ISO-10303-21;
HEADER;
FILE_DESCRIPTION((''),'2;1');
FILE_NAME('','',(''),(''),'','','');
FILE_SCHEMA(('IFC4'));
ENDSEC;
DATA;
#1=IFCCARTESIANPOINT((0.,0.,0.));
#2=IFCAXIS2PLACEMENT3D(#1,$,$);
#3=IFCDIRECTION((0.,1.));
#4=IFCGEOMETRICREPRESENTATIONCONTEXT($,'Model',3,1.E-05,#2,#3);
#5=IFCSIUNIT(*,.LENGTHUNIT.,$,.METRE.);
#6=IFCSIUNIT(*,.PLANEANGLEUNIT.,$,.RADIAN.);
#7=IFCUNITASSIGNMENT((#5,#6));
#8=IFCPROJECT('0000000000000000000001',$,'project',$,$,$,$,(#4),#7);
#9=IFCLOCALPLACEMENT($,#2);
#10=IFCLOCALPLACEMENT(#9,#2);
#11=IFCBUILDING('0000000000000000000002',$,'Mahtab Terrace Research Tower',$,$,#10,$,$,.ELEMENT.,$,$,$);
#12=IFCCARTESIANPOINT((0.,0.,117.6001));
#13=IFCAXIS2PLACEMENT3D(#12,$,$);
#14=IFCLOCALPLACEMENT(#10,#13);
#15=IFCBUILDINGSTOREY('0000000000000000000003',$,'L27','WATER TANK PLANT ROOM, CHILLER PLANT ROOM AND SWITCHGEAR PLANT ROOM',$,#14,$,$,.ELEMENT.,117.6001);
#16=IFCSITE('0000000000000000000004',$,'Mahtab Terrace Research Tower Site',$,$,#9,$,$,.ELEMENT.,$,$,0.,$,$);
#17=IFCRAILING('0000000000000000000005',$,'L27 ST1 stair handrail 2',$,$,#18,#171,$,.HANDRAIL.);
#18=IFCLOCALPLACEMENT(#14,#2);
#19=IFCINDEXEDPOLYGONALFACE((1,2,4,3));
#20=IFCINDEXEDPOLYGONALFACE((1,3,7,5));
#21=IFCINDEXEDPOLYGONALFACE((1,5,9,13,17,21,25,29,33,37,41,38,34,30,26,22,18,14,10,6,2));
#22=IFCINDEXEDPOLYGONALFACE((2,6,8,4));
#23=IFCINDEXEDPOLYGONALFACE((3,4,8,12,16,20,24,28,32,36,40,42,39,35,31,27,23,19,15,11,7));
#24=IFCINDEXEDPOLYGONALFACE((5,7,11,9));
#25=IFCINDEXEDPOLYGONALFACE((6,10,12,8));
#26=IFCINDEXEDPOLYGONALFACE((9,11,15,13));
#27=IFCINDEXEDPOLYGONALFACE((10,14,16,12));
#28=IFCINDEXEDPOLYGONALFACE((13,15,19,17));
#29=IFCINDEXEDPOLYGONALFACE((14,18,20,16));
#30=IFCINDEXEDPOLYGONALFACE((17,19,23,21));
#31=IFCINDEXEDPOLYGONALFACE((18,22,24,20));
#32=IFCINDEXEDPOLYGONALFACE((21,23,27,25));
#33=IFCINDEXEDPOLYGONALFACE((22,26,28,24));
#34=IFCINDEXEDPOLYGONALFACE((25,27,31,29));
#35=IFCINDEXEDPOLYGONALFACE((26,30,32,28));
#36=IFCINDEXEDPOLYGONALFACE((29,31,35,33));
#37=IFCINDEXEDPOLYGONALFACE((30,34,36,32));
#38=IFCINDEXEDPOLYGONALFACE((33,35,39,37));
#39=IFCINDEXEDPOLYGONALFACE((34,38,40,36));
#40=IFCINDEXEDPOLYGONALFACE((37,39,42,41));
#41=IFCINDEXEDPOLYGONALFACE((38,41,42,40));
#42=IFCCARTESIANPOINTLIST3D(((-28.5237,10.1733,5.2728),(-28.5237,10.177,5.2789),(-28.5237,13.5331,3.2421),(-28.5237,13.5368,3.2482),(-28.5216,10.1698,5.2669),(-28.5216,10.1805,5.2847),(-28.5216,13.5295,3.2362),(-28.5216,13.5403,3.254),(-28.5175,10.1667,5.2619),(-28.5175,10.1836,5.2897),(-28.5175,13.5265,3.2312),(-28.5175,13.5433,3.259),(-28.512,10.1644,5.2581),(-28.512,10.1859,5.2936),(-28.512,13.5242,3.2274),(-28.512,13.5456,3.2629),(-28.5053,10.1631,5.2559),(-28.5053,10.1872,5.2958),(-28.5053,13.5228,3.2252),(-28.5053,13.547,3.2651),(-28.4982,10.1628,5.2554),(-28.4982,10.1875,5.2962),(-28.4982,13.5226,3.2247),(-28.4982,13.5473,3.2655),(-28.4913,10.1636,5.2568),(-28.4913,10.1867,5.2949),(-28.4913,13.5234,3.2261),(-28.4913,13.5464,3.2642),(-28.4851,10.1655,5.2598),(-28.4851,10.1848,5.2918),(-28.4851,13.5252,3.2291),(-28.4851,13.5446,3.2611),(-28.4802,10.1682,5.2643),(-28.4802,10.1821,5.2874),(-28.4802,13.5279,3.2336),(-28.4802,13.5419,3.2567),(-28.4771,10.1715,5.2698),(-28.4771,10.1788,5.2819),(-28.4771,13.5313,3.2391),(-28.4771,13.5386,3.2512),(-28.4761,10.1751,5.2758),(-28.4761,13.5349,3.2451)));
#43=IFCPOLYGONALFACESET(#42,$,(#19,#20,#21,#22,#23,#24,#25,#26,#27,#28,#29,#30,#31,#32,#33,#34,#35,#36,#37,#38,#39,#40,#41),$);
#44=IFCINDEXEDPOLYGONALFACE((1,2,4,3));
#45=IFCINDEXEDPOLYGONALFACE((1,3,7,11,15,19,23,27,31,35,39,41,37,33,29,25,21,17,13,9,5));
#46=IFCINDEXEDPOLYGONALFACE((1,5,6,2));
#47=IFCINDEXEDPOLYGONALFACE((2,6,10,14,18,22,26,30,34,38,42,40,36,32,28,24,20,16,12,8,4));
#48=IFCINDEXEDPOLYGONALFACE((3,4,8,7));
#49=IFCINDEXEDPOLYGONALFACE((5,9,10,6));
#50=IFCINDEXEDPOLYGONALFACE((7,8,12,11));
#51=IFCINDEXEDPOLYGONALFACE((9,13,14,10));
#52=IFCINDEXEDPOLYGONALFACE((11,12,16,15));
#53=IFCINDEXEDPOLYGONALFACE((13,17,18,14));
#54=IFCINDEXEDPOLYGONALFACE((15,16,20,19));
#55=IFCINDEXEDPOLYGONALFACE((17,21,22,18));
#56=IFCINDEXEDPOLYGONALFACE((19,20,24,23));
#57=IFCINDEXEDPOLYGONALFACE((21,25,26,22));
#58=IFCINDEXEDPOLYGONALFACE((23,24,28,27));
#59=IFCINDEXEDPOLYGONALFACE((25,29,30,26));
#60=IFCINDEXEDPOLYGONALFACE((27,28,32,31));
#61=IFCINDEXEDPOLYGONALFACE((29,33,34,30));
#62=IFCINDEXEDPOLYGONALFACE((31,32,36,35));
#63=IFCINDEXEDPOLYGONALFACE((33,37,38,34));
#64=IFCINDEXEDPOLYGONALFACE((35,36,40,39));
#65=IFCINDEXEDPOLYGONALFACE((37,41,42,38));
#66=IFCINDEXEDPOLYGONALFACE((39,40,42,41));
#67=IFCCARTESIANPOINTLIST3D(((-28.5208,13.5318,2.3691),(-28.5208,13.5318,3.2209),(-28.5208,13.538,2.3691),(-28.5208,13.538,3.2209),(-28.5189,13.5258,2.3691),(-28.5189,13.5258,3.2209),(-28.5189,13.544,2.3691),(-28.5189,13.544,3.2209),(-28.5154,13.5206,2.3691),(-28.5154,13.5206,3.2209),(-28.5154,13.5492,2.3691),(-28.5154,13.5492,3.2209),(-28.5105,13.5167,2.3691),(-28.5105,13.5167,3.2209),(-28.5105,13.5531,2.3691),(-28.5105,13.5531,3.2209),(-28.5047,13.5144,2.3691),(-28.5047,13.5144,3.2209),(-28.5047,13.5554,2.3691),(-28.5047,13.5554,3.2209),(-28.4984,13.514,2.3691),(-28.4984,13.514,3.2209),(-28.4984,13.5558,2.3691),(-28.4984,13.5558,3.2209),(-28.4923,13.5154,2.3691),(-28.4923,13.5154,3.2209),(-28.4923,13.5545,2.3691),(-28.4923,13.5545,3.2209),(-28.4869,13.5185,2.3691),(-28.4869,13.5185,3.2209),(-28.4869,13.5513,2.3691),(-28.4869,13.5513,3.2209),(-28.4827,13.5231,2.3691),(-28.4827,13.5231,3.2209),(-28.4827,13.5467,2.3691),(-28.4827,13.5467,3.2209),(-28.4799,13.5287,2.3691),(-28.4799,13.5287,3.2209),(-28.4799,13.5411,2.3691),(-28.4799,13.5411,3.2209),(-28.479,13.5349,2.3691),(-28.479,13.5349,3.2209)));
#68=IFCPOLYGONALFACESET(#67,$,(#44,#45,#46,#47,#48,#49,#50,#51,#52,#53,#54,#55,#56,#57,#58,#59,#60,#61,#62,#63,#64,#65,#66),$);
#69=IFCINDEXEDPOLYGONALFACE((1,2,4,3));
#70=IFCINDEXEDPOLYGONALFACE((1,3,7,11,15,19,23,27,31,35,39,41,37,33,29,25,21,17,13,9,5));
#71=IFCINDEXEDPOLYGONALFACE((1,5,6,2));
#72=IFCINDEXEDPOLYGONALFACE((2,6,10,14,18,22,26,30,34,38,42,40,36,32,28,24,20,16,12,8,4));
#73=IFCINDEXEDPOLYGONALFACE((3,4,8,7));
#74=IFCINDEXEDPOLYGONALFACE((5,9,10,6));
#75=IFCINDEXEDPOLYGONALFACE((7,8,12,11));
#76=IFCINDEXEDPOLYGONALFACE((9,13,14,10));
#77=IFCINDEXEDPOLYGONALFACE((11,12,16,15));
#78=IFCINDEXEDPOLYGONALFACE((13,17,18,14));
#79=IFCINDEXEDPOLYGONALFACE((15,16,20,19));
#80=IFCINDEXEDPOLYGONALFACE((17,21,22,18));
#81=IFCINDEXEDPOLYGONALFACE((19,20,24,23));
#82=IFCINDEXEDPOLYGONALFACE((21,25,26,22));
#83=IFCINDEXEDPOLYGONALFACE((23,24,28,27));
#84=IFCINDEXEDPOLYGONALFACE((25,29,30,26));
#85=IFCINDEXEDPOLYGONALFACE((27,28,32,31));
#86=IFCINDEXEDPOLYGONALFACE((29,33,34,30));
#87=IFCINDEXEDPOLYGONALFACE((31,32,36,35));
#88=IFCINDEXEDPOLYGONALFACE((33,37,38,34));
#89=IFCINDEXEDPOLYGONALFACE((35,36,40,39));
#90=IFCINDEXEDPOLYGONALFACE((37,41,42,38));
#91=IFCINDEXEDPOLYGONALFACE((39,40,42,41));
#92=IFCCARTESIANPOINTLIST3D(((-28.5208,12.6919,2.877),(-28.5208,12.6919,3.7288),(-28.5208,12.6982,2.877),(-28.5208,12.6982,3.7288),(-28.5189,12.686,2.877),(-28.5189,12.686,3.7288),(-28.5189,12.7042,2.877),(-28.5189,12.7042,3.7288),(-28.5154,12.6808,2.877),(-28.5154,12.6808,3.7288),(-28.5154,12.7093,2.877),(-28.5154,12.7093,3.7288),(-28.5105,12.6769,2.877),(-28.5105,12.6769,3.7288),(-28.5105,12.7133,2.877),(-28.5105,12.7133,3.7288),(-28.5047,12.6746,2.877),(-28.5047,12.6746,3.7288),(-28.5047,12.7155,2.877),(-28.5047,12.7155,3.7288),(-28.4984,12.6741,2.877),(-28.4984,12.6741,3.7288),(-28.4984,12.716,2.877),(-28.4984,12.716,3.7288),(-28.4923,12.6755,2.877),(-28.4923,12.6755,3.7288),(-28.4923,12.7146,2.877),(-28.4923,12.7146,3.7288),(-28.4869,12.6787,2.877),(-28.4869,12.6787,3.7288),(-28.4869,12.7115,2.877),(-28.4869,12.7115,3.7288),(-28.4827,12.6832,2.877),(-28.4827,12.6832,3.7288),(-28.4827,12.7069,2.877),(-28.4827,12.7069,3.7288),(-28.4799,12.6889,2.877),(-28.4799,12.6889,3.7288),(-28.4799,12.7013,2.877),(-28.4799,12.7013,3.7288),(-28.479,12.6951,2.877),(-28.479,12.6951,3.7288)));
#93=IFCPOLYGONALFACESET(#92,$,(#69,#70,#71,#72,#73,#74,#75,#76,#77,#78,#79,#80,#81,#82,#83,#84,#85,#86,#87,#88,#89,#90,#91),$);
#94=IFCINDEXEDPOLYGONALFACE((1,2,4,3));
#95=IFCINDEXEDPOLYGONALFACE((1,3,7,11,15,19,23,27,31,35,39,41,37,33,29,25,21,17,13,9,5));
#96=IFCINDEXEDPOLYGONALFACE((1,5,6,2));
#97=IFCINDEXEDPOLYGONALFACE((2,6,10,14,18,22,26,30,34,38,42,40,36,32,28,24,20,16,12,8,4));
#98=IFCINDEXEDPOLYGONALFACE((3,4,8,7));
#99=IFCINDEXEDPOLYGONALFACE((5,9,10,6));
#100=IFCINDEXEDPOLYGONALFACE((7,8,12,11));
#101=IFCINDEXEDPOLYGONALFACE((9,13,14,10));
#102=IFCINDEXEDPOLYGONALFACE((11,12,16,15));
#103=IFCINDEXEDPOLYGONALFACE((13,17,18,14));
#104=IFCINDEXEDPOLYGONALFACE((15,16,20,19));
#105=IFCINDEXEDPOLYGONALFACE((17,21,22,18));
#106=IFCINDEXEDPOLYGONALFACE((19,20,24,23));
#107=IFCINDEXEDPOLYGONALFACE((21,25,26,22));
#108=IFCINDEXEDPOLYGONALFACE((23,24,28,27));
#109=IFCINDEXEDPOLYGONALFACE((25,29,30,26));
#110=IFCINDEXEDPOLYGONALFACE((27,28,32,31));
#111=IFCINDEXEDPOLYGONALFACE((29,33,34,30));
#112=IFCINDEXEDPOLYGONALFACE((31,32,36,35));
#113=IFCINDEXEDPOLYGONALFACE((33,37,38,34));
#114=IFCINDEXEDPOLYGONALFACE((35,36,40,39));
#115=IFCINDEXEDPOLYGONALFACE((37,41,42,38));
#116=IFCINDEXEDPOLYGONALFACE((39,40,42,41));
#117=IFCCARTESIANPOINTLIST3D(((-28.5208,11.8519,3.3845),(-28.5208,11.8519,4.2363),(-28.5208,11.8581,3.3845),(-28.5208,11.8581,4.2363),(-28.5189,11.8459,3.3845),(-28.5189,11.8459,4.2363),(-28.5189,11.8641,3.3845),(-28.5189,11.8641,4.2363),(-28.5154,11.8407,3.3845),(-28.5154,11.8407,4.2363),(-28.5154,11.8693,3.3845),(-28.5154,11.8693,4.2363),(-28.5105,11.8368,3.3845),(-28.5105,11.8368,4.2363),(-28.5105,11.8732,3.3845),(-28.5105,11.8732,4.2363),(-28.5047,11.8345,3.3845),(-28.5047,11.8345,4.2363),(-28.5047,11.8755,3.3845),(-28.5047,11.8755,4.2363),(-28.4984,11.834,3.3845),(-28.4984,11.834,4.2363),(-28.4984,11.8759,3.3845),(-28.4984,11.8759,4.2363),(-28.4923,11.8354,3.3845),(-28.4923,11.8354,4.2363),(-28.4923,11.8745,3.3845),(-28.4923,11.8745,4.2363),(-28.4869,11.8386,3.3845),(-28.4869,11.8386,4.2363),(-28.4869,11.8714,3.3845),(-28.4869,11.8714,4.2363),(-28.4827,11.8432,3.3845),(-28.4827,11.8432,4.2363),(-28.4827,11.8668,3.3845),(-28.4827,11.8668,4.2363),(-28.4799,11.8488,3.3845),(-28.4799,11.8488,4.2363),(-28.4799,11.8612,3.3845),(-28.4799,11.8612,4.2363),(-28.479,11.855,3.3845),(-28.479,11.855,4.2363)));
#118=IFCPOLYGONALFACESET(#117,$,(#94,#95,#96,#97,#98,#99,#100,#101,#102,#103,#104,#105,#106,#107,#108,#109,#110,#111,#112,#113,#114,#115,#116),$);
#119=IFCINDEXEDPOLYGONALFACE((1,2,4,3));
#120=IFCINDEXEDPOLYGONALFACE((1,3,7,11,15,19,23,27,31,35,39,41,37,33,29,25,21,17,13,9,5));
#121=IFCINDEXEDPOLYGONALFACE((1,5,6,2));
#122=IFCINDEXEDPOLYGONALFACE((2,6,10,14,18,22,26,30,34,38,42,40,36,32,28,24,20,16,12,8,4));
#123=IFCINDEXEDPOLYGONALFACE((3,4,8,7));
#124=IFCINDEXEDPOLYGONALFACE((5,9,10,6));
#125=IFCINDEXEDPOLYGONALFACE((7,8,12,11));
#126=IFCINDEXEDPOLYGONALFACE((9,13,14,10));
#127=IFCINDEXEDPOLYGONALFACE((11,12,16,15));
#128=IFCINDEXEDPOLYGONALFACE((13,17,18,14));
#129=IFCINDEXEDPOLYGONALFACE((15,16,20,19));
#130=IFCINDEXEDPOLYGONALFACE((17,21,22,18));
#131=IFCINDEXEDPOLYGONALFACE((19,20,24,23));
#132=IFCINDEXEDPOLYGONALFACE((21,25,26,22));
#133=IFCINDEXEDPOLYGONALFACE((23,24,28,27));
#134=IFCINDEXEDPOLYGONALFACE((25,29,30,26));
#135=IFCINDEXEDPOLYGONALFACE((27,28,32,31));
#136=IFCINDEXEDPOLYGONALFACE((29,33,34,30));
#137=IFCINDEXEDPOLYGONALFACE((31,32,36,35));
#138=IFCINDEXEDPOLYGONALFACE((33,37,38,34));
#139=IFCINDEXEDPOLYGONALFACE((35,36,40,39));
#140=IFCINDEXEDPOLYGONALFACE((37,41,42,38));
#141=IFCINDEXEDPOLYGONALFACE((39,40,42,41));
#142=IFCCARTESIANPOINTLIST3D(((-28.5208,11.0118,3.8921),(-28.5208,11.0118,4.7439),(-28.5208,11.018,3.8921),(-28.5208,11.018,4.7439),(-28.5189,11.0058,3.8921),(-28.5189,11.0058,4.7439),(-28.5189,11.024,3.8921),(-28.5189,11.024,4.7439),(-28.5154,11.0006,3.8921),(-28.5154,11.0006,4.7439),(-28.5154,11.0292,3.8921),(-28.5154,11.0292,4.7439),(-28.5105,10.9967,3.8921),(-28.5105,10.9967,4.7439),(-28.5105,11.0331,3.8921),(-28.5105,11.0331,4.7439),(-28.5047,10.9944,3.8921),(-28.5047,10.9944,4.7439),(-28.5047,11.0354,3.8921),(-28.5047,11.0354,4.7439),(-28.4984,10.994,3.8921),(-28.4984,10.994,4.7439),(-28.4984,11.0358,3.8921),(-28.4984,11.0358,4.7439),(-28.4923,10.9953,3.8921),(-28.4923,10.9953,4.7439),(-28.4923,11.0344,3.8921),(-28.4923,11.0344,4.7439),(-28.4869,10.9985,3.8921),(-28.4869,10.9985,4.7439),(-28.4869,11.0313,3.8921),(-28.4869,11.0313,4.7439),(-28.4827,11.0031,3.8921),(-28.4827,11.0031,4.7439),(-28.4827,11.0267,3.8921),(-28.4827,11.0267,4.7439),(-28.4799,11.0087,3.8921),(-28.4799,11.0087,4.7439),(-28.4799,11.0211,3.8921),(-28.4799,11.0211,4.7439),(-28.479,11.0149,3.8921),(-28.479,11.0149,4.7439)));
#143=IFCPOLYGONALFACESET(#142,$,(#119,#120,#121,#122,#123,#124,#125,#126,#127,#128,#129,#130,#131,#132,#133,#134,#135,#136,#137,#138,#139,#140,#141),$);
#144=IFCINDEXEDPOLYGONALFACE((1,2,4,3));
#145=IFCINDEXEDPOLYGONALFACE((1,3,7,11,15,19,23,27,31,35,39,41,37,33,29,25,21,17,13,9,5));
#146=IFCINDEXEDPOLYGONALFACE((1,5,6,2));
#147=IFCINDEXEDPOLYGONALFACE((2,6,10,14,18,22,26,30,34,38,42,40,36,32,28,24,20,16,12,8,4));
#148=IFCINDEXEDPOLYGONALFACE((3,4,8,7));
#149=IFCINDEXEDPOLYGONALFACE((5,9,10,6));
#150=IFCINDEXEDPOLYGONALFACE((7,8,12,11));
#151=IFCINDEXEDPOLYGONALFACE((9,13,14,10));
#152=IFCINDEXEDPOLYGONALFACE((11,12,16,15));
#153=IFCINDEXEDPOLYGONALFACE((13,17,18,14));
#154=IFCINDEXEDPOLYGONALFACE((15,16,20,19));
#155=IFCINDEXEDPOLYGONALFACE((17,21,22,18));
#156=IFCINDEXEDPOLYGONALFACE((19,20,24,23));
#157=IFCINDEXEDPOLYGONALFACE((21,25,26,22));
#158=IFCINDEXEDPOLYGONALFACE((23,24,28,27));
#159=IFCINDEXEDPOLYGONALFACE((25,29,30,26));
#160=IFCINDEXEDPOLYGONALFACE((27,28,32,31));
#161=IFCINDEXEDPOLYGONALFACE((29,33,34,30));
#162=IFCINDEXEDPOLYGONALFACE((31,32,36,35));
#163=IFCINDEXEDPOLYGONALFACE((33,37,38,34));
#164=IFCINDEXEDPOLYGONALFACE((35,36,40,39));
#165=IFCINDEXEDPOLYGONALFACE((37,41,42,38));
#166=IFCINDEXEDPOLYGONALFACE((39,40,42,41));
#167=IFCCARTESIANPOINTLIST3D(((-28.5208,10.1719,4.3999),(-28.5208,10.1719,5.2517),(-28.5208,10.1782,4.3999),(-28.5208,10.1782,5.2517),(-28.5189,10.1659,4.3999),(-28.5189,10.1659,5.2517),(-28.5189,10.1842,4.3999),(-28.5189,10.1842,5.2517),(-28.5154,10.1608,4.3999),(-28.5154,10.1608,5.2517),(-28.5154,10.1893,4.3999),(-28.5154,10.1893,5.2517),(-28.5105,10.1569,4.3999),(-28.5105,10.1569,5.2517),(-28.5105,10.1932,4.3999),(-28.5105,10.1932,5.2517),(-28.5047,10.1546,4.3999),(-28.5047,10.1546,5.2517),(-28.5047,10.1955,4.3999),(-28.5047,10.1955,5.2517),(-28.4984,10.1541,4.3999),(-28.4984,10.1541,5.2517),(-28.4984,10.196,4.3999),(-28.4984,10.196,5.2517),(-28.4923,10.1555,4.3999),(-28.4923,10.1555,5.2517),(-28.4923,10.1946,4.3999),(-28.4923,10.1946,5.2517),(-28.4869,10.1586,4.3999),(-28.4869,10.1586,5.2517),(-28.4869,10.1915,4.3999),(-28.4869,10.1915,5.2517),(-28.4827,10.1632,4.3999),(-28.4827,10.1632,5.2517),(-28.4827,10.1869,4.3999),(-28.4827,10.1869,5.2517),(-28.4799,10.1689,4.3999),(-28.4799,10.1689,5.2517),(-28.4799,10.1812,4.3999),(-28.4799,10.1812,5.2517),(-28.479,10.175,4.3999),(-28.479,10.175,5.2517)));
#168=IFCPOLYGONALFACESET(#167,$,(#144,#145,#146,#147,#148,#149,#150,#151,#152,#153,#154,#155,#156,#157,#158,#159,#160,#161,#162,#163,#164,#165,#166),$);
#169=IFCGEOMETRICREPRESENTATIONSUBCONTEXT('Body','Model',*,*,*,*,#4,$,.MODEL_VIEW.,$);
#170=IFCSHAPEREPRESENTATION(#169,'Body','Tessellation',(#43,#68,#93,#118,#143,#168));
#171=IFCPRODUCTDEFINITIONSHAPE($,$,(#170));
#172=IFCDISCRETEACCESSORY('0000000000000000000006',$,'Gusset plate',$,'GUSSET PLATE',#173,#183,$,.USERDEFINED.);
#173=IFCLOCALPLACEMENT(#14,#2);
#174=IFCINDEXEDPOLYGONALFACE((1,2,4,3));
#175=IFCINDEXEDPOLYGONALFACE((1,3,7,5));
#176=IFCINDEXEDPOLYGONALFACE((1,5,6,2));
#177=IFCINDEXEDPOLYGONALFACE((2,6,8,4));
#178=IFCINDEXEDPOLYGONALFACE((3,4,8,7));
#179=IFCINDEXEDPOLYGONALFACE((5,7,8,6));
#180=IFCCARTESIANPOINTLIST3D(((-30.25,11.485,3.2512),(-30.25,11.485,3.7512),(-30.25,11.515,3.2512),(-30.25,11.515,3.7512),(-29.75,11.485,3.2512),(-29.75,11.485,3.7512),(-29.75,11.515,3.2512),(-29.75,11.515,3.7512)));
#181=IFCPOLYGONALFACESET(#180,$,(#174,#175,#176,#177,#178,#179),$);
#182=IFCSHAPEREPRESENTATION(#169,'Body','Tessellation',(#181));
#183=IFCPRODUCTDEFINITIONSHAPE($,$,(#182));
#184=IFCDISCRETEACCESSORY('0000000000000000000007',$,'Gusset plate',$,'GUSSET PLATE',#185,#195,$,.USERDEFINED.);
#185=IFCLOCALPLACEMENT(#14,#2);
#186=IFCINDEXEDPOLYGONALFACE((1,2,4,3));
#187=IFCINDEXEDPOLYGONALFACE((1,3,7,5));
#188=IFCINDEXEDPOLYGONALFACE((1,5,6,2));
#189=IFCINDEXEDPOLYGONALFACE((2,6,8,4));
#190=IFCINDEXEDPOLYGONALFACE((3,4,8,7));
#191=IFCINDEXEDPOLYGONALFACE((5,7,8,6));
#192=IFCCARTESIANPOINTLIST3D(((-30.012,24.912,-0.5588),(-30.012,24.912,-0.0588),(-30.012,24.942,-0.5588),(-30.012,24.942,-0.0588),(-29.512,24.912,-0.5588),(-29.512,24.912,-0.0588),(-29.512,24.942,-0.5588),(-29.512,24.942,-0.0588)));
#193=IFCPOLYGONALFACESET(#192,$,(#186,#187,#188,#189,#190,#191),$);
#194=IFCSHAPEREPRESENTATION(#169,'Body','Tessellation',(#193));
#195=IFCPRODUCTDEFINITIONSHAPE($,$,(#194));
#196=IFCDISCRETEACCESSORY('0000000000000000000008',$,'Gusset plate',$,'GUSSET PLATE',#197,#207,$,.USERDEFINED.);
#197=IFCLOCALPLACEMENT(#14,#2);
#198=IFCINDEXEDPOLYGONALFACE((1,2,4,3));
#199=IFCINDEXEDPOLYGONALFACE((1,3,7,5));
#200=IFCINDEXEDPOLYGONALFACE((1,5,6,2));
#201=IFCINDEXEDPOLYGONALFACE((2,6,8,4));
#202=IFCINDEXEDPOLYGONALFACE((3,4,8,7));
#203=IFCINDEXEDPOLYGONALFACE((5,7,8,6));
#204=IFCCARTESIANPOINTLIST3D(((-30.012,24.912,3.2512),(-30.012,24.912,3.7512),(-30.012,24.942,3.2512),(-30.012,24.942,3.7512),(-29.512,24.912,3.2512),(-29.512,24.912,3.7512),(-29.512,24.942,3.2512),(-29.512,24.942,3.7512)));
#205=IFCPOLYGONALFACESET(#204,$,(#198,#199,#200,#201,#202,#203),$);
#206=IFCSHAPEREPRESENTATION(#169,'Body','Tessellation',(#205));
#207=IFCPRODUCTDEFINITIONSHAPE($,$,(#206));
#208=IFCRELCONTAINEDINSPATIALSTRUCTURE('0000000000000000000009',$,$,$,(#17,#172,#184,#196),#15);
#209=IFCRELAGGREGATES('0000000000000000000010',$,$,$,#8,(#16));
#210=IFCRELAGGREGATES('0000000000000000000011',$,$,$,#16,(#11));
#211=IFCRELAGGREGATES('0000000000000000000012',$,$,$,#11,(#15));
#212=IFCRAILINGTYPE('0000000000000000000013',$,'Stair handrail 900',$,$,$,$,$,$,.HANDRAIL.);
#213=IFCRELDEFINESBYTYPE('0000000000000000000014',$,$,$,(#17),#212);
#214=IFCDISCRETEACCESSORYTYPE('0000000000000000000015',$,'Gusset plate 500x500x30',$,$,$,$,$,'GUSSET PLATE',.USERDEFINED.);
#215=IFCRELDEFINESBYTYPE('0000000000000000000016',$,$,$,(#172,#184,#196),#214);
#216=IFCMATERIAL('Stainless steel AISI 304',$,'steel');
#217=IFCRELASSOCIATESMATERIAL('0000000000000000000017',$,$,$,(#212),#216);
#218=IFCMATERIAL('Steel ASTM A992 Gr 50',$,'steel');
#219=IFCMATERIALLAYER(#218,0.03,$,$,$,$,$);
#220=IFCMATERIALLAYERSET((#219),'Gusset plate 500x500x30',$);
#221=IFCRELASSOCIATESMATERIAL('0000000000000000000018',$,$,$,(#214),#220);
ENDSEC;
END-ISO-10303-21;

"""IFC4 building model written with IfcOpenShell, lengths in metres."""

from ifc_helpers import new_model, si_unit, direction, frame, origin, origin_2d, place, context, subcontext, project, spatial, rectangle, circle, extrude, material, layer, layer_set, type_object, element, save


model = new_model("IFC4")

# Units and contexts
model_context = context("Model", 3, precision=1e-05, world=origin(), true_north=direction((0.0, 1.0)))
body_context = subcontext(model_context, "Body", "Model", "MODEL_VIEW")
ifc_project = project(units=[si_unit("LENGTHUNIT", "METRE"), si_unit("PLANEANGLEUNIT", "RADIAN")], contexts=[model_context])

# Site, building, storey
site_placement = place(None, origin())
site = spatial("IfcSite", under=ifc_project, at=site_placement, Name="Mahtab Terrace Research Tower Site", CompositionType="ELEMENT", RefElevation=0.0)
building_placement = place(site_placement, origin())
building = spatial("IfcBuilding", under=site, at=building_placement, Name="Mahtab Terrace Research Tower", CompositionType="ELEMENT")
storey_placement = place(building_placement, frame((0.0, 0.0, 117.6001)))
storey = spatial("IfcBuildingStorey", under=building, at=storey_placement, Name="L27", Description="WATER TANK PLANT ROOM, CHILLER PLANT ROOM AND SWITCHGEAR PLANT ROOM", CompositionType="ELEMENT", Elevation=117.6001)

# Shared definitions
ifc_material_1 = material(Name="Steel ASTM A992 Gr 50", Category="steel")

# Railing
ifc_material_2 = material(Name="Stainless steel AISI 304", Category="steel")
railing_type_1 = type_object("IfcRailingType", Name="Stair handrail 900", PredefinedType="HANDRAIL", material=ifc_material_2)
railing_1_placement = place(storey_placement, frame((-28.5, 13.5349, 2.3691)))
element("IfcRailing", 1, at=railing_1_placement, inside=storey, type_object=railing_type_1, Name="L27 ST1 stair handrail 2", PredefinedType="HANDRAIL", context=body_context, shape_type="SweptSolid", body=[
    extrude(circle(Radius=0.0239, at=origin_2d()), frame((0.0, 0.0, 0.876), z_axis=(0.0, -0.85582, 0.517273), x_axis=(1.0, 0.0, 0.0)), (0.0, 0.0, 1.0), 3.9258),
    extrude(circle(Radius=0.021, at=origin_2d()), origin(), (0.0, 0.0, 1.0), 0.8518),
    extrude(circle(Radius=0.021, at=origin_2d()), frame((0.0, -0.8398, 0.5078)), (0.0, 0.0, 1.0), 0.8518),
    extrude(circle(Radius=0.021, at=origin_2d()), frame((0.0, -1.6799, 1.0154)), (0.0, 0.0, 1.0), 0.8518),
    extrude(circle(Radius=0.021, at=origin_2d()), frame((0.0, -2.52, 1.5229)), (0.0, 0.0, 1.0), 0.8518),
    extrude(circle(Radius=0.021, at=origin_2d()), frame((0.0, -3.3599, 2.0308)), (0.0, 0.0, 1.0), 0.8518),
])

# Discrete accessories
ifc_layer_1 = layer(ifc_material_1, 0.03)
ifc_layer_set_1 = layer_set([ifc_layer_1], Name="Gusset plate 500x500x30")
discrete_accessory_type = type_object("IfcDiscreteAccessoryType", Name="Gusset plate 500x500x30", ElementType="GUSSET PLATE", PredefinedType="USERDEFINED", material=ifc_layer_set_1)
for number, where, z_axis, x_axis, name in (
    (2, (-30.0, 11.5, 3.2512), (0.0, 0.0, 1.0), (1.0, 0.0, 0.0), "Gusset plate"),
    (3, (-29.762, 24.927, -0.5588), (0.0, 0.0, 1.0), (1.0, 0.0, 0.0), "Gusset plate"),
    (4, (-29.762, 24.927, 3.2512), (0.0, 0.0, 1.0), (1.0, 0.0, 0.0), "Gusset plate"),
):
    element("IfcDiscreteAccessory", number, at=place(storey_placement, frame(where, z_axis=z_axis, x_axis=x_axis)), inside=storey, type_object=discrete_accessory_type, Name=name, ObjectType="GUSSET PLATE", PredefinedType="USERDEFINED", context=body_context, shape_type="SweptSolid", body=[
        extrude(rectangle(XDim=0.5, YDim=0.03, at=origin_2d()), origin(), (0.0, 0.0, 1.0), 0.5),
    ])

save(model, "model.ifc")
